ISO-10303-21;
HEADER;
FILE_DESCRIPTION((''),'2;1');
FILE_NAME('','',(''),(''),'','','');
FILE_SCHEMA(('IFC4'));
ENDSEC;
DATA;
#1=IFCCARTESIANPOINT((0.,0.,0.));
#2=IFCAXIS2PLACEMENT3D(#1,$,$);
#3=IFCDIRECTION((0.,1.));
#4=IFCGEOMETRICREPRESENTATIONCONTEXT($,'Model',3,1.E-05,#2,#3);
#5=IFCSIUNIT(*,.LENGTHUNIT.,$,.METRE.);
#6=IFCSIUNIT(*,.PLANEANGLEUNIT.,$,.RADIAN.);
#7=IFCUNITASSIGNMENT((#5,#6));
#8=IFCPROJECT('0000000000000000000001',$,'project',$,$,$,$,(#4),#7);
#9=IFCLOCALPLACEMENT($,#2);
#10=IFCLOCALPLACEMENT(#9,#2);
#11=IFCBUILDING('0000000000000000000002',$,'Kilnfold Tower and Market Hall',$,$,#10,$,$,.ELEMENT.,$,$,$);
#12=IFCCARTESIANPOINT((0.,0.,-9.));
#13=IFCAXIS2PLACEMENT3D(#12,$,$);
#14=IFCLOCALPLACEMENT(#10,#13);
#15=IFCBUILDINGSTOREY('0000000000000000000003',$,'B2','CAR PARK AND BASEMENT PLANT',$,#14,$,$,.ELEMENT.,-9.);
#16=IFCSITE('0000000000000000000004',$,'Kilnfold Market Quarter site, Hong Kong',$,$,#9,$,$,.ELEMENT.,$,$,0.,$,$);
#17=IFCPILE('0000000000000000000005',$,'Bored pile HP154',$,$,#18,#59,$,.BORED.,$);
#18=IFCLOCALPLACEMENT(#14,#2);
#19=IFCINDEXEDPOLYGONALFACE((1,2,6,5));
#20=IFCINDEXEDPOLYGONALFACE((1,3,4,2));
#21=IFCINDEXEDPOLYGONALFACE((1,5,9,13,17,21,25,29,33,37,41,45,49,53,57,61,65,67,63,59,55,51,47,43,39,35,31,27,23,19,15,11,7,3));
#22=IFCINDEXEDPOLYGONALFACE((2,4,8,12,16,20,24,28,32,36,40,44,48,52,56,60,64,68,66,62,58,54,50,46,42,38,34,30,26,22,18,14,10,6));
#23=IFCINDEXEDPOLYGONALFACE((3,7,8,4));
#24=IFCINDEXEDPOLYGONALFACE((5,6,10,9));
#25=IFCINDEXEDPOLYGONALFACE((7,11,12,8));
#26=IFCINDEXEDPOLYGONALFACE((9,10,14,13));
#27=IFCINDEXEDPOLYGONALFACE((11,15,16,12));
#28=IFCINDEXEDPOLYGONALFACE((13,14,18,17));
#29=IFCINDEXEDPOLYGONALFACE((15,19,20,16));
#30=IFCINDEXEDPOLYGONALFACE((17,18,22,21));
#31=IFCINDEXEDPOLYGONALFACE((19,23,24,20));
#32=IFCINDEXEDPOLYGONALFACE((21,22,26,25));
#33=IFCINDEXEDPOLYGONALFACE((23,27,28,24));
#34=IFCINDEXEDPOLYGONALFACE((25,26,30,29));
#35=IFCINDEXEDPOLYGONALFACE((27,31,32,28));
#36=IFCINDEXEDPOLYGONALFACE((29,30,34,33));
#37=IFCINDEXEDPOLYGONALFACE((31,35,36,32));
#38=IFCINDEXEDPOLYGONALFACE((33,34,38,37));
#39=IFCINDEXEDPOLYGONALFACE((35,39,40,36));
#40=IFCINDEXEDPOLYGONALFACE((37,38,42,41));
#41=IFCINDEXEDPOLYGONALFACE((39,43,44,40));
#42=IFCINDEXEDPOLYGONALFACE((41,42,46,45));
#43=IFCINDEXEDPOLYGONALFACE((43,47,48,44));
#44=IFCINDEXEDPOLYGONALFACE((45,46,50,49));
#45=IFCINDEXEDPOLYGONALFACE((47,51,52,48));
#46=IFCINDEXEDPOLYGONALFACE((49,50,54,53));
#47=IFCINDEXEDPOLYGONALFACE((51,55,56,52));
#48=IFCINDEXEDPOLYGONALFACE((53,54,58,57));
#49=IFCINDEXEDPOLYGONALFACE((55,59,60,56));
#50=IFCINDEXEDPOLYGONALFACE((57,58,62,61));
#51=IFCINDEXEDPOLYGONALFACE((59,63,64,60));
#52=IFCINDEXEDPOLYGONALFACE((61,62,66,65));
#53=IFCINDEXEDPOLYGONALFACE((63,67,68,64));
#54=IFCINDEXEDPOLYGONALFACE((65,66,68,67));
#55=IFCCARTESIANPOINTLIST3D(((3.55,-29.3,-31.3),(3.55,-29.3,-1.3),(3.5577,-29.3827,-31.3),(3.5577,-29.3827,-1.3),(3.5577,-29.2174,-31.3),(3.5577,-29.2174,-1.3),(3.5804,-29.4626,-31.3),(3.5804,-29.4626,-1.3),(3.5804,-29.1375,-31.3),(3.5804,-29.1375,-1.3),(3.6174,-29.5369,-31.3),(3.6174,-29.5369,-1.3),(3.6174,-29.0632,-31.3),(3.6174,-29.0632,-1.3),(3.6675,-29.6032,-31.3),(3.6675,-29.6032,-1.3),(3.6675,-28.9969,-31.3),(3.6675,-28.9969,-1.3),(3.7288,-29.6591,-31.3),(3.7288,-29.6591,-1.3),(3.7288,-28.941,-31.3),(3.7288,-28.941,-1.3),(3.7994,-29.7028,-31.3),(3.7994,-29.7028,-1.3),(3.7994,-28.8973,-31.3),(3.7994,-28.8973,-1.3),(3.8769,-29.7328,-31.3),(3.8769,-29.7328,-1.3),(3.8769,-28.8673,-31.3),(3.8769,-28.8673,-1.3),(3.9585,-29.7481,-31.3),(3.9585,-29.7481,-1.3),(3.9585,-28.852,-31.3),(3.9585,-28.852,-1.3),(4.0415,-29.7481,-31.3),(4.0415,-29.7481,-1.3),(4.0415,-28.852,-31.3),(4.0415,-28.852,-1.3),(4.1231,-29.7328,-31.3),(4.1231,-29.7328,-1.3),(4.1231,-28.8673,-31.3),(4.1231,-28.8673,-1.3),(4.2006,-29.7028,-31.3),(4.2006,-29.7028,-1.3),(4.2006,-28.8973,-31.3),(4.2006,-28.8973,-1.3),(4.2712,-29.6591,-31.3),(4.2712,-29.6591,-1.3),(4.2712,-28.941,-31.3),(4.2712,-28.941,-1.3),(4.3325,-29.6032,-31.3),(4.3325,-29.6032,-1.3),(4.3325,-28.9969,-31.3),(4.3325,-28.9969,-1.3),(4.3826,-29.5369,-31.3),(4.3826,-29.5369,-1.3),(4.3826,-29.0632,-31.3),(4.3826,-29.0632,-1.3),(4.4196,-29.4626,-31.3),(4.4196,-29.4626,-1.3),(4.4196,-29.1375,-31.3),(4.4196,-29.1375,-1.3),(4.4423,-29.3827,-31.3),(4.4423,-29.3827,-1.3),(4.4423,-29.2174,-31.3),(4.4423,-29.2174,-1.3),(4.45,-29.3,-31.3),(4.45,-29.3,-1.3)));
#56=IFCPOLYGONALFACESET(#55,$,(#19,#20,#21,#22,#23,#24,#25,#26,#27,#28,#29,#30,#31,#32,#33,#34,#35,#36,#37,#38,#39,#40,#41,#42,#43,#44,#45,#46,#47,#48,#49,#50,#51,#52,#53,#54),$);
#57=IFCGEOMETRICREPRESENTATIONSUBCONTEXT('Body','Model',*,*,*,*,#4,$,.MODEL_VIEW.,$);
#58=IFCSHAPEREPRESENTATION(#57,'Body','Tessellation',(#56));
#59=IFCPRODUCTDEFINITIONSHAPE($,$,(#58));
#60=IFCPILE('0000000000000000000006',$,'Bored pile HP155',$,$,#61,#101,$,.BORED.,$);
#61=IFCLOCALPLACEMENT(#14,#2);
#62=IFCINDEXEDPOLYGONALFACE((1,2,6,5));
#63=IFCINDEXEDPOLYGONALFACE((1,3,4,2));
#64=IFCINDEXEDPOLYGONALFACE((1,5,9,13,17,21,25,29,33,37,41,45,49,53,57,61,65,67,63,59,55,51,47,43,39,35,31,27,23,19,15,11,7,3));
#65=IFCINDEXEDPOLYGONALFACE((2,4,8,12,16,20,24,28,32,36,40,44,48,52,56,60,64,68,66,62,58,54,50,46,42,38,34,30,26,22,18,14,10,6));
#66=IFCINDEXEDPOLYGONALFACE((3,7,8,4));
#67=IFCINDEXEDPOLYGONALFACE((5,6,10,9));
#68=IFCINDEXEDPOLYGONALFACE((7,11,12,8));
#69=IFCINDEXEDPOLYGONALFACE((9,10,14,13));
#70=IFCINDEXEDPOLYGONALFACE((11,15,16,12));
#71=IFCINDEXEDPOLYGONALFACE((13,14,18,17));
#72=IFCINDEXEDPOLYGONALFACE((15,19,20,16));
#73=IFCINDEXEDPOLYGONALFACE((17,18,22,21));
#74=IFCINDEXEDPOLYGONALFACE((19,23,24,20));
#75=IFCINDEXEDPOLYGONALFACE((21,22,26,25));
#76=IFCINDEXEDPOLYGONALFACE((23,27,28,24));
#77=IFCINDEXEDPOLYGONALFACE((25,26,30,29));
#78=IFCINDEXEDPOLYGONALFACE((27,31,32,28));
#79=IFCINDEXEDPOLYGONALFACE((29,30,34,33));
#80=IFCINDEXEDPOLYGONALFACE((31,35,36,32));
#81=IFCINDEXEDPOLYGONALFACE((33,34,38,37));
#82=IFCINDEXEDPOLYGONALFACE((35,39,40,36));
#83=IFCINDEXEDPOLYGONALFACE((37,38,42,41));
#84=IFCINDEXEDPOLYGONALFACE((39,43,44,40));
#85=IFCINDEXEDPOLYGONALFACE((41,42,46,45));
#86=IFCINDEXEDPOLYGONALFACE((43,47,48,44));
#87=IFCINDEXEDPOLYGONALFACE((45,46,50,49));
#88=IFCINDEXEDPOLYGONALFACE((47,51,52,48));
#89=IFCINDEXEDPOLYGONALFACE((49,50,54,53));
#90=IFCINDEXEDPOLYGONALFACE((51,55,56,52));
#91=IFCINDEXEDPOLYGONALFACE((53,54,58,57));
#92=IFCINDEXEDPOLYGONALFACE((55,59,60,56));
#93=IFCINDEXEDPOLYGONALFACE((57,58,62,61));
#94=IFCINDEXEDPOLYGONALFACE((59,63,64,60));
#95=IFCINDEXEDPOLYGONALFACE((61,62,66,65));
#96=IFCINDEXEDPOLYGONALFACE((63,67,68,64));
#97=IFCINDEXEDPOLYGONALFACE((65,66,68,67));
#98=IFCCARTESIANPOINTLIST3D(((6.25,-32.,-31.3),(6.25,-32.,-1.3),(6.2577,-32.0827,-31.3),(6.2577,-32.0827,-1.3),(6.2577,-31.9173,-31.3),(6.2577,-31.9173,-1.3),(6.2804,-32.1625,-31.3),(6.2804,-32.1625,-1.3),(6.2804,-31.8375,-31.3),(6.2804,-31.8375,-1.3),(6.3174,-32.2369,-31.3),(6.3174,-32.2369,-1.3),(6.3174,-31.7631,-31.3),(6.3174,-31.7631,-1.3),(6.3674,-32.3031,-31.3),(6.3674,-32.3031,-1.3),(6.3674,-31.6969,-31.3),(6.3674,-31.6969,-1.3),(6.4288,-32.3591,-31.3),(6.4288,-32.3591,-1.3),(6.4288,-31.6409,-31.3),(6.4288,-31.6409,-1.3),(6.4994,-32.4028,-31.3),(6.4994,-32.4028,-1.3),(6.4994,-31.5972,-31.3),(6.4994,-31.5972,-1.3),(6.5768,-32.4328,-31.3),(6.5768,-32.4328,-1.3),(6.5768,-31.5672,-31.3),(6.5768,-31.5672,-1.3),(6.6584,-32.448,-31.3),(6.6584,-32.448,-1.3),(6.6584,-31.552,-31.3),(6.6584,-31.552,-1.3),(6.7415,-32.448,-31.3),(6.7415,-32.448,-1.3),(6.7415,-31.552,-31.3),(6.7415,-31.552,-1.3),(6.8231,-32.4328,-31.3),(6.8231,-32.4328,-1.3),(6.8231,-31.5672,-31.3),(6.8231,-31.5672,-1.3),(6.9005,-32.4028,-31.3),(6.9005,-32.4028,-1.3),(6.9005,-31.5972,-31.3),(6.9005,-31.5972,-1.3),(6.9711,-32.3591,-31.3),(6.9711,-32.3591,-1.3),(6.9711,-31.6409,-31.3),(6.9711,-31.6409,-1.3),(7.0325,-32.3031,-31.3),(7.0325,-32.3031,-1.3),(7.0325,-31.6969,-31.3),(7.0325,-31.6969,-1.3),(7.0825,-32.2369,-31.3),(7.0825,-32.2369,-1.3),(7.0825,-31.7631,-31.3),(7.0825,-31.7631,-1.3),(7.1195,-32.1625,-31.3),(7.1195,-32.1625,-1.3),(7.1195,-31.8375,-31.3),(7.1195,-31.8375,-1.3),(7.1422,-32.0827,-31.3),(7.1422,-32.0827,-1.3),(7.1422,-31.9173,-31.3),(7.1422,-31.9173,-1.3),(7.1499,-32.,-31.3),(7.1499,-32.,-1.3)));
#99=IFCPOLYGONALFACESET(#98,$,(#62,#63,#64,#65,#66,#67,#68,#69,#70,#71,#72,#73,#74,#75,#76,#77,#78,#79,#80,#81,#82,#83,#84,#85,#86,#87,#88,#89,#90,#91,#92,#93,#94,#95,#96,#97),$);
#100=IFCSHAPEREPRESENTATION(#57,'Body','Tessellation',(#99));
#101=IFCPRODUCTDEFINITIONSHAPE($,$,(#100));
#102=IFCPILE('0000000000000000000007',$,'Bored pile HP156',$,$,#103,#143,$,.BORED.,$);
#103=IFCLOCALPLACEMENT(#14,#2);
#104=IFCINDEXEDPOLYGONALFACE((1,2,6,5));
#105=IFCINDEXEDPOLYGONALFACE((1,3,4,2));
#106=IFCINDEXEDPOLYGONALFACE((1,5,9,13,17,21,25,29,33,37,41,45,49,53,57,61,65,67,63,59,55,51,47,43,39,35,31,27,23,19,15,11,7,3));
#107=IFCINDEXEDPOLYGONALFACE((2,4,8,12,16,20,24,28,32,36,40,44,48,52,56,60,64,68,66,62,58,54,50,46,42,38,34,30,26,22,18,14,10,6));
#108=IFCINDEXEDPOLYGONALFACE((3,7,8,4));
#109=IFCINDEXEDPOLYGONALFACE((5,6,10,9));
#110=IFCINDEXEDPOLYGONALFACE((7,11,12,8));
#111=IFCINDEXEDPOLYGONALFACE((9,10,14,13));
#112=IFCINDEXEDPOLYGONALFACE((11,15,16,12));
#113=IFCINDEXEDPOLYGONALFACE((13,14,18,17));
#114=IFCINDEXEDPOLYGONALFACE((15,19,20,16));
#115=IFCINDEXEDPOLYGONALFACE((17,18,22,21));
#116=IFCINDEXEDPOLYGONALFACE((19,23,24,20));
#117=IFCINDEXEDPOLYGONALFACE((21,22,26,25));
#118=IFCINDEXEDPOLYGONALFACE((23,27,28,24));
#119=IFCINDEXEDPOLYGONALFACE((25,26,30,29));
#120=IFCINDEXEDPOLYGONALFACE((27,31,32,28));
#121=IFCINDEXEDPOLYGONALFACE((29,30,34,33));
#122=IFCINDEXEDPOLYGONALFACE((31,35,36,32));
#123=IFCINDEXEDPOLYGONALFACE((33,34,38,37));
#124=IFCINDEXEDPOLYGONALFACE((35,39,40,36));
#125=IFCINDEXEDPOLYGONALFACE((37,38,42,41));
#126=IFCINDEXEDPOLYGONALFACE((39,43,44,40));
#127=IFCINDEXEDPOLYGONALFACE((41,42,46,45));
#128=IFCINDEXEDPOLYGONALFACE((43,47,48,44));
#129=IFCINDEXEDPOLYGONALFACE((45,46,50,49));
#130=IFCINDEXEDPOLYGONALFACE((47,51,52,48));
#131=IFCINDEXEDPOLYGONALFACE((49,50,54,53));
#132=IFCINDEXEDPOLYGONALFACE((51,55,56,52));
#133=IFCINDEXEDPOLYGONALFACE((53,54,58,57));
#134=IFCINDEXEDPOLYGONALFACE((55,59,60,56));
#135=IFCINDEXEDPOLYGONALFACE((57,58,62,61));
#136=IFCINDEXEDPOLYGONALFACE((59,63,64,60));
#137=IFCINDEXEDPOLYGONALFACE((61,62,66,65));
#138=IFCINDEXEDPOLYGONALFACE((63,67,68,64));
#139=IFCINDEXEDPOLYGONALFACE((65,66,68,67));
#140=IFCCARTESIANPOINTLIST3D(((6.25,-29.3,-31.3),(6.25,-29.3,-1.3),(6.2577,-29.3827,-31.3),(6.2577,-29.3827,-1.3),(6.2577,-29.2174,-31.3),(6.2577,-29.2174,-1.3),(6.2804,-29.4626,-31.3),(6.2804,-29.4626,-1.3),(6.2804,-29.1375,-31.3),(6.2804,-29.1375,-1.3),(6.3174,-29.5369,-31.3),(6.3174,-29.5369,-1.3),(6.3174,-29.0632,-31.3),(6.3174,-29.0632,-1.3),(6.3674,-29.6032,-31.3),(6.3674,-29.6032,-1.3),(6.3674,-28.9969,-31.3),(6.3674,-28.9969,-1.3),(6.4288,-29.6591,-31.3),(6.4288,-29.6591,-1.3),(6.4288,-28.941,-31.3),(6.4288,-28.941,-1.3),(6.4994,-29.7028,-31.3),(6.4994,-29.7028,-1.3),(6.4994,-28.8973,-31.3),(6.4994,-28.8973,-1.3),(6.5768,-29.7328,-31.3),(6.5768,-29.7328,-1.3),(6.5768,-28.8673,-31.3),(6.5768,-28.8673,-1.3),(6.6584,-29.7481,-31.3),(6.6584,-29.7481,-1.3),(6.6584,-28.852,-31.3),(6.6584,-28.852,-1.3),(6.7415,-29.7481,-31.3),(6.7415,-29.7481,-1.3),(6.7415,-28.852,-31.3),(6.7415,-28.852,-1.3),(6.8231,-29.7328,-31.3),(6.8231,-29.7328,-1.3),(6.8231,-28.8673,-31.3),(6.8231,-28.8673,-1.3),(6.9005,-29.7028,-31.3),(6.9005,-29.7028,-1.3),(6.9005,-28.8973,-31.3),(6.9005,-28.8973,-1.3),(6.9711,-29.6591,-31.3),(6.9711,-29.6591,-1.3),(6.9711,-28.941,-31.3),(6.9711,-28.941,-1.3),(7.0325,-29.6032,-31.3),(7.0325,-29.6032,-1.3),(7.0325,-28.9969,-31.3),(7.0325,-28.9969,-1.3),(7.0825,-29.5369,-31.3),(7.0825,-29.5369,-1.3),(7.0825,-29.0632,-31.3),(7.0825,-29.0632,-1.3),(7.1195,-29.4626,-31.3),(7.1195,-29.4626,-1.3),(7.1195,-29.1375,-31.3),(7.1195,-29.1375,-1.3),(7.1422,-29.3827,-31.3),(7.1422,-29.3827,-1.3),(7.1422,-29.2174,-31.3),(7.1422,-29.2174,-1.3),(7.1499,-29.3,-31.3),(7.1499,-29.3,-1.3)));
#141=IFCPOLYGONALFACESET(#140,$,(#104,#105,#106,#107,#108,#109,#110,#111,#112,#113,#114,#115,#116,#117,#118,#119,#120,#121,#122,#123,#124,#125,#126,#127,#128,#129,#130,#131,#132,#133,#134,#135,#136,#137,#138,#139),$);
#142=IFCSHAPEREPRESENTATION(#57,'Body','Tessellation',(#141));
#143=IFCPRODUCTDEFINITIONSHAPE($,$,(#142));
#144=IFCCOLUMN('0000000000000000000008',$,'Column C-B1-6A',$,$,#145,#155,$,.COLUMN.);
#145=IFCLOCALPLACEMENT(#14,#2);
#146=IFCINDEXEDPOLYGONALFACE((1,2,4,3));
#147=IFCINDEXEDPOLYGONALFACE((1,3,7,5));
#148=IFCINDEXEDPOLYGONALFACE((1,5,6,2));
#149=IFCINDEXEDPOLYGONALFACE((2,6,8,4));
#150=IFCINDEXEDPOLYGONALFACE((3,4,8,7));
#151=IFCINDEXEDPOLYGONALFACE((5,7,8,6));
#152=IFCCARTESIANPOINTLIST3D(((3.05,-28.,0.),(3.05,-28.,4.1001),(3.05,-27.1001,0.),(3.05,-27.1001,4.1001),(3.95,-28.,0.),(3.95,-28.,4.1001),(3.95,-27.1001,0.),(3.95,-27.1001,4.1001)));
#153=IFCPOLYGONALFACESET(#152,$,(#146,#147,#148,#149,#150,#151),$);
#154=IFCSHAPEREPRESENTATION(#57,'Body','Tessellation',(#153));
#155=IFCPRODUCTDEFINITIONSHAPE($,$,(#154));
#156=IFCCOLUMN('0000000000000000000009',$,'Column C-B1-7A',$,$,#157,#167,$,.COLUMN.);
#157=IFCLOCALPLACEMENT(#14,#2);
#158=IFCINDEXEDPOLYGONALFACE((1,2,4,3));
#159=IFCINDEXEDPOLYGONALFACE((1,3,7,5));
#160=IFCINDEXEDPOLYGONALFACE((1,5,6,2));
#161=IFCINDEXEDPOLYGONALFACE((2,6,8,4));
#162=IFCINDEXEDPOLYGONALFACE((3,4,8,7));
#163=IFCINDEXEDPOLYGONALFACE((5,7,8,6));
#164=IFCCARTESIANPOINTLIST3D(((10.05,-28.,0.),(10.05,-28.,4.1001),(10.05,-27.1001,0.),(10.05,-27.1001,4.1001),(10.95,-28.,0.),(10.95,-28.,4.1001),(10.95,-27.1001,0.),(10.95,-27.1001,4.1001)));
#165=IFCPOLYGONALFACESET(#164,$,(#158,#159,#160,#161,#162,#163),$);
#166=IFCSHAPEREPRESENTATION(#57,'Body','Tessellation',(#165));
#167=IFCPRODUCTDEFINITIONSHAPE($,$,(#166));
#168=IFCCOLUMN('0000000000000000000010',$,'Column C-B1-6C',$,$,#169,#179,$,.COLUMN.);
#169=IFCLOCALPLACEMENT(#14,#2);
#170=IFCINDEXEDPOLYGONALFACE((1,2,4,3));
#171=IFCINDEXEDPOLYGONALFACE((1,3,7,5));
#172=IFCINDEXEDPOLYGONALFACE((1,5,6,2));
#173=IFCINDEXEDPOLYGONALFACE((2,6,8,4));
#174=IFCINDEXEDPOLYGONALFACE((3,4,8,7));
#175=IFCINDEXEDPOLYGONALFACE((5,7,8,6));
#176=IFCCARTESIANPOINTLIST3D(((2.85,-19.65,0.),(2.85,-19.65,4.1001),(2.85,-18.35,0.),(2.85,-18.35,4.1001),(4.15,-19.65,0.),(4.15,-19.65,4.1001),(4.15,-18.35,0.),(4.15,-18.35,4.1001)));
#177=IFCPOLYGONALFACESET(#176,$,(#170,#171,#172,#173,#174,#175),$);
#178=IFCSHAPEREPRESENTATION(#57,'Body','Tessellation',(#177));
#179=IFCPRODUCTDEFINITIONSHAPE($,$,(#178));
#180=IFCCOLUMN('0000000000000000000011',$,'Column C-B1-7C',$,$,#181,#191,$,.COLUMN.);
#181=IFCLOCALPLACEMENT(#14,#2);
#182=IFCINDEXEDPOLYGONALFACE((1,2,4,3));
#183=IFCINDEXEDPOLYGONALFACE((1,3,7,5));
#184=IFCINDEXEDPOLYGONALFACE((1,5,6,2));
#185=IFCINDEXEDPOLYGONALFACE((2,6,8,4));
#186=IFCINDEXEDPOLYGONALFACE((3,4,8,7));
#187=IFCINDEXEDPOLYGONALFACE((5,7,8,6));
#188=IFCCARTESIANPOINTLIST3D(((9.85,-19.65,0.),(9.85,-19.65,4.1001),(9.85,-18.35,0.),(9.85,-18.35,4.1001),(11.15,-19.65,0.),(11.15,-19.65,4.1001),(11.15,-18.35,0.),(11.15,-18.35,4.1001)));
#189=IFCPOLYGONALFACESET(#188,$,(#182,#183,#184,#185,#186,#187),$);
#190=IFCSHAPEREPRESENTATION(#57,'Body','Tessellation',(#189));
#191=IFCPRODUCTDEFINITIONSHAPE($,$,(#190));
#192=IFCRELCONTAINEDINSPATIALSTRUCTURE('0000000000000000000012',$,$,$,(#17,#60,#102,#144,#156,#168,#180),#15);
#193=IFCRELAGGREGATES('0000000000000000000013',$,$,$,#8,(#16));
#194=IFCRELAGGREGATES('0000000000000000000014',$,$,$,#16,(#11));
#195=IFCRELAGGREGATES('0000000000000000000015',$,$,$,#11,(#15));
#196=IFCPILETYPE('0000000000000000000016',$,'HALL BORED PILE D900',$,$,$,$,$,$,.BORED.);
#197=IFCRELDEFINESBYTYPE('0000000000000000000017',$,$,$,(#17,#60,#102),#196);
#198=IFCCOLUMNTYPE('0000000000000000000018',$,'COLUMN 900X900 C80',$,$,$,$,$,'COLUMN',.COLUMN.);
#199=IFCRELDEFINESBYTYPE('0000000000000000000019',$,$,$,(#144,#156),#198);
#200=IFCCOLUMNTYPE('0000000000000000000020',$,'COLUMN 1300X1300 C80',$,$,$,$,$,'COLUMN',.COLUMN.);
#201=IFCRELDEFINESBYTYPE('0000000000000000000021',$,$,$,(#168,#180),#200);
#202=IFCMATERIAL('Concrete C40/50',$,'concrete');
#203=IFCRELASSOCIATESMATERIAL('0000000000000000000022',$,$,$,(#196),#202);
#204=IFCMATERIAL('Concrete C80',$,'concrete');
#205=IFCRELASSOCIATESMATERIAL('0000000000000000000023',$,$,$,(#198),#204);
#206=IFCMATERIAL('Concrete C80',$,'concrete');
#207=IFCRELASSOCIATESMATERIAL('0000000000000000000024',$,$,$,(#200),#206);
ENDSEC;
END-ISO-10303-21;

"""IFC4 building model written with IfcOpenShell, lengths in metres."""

from ifc_helpers import new_model, si_unit, direction, frame, origin, origin_2d, place, context, subcontext, project, spatial, rectangle, circle, extrude, source, transform, mapped, material, material_profile, profile_set, type_object, element, save


model = new_model("IFC4")

# Units and contexts
model_context = context("Model", 3, precision=1e-05, world=origin(), true_north=direction((0.0, 1.0)))
body_context = subcontext(model_context, "Body", "Model", "MODEL_VIEW")
ifc_project = project(units=[si_unit("LENGTHUNIT", "METRE"), si_unit("PLANEANGLEUNIT", "RADIAN")], contexts=[model_context])

# Site, building, storey
site_placement = place(None, origin())
site = spatial("IfcSite", under=ifc_project, at=site_placement, Name="Kilnfold Market Quarter site, Hong Kong", CompositionType="ELEMENT", RefElevation=0.0)
building_placement = place(site_placement, origin())
building = spatial("IfcBuilding", under=site, at=building_placement, Name="Kilnfold Tower and Market Hall", CompositionType="ELEMENT")
storey_placement = place(building_placement, frame((0.0, 0.0, -9.0)))
storey = spatial("IfcBuildingStorey", under=building, at=storey_placement, Name="B2", Description="CAR PARK AND BASEMENT PLANT", CompositionType="ELEMENT", Elevation=-9.0)

# Piles
ifc_material_1 = material(Name="Concrete C40/50", Category="concrete")
ifc_material_profile_1 = material_profile(ifc_material_1, circle(Radius=0.45, at=origin_2d()), Name="D900")
ifc_profile_set_1 = profile_set([ifc_material_profile_1], Name="Concrete C40/50")
pile_type_1 = type_object("IfcPileType", Name="HALL BORED PILE D900", PredefinedType="BORED", material=ifc_profile_set_1)
shared_shape_1 = source(origin(), body_context, "Body", "SweptSolid", [
    extrude(circle(Radius=0.45, at=origin_2d()), origin(), (0.0, 0.0, 1.0), 30.0),
])
for number, where, z_axis, x_axis, name in (
    (1, (4.0, -29.3, -1.3), (0.0, 0.0, -1.0), (1.0, 0.0, 0.0), "Bored pile HP154"),
    (2, (6.7, -32.0, -1.3), (0.0, 0.0, -1.0), (1.0, 0.0, 0.0), "Bored pile HP155"),
    (3, (6.7, -29.3, -1.3), (0.0, 0.0, -1.0), (1.0, 0.0, 0.0), "Bored pile HP156"),
):
    element("IfcPile", number, at=place(storey_placement, frame(where, z_axis=z_axis, x_axis=x_axis)), inside=storey, type_object=pile_type_1, Name=name, PredefinedType="BORED", context=body_context, shape_type="MappedRepresentation", body=[
        mapped(shared_shape_1, transform((0.0, 0.0, 0.0))),
    ])

# Columns
ifc_material_2 = material(Name="Concrete C80", Category="concrete")
ifc_material_profile_2 = material_profile(ifc_material_2, rectangle(XDim=0.8999, YDim=0.8999, at=origin_2d()), Name="RC 900x900")
ifc_profile_set_2 = profile_set([ifc_material_profile_2], Name="Concrete C80")
column_type_1 = type_object("IfcColumnType", Name="COLUMN 900X900 C80", ElementType="COLUMN", PredefinedType="COLUMN", material=ifc_profile_set_2)
shared_shape_2 = source(origin(), body_context, "Body", "SweptSolid", [
    extrude(rectangle(XDim=0.8999, YDim=0.8999, at=origin_2d()), origin(), (0.0, 0.0, 1.0), 4.1001),
])
for number, where, z_axis, x_axis, name in (
    (4, (3.5, -27.55, 0.0), (0.0, 0.0, 1.0), (1.0, 0.0, 0.0), "Column C-B1-6A"),
    (5, (10.5, -27.55, 0.0), (0.0, 0.0, 1.0), (1.0, 0.0, 0.0), "Column C-B1-7A"),
):
    element("IfcColumn", number, at=place(storey_placement, frame(where, z_axis=z_axis, x_axis=x_axis)), inside=storey, type_object=column_type_1, Name=name, PredefinedType="COLUMN", context=body_context, shape_type="MappedRepresentation", body=[
        mapped(shared_shape_2, transform((0.0, 0.0, 0.0))),
    ])
ifc_material_3 = material(Name="Concrete C80", Category="concrete")
ifc_material_profile_3 = material_profile(ifc_material_3, rectangle(XDim=1.3, YDim=1.3, at=origin_2d()), Name="RC 1300x1300")
ifc_profile_set_3 = profile_set([ifc_material_profile_3], Name="Concrete C80")
column_type_2 = type_object("IfcColumnType", Name="COLUMN 1300X1300 C80", ElementType="COLUMN", PredefinedType="COLUMN", material=ifc_profile_set_3)
shared_shape_3 = source(origin(), body_context, "Body", "SweptSolid", [
    extrude(rectangle(XDim=1.3, YDim=1.3, at=origin_2d()), origin(), (0.0, 0.0, 1.0), 4.1001),
])
for number, where, z_axis, x_axis, name in (
    (6, (3.5, -19.0, 0.0), (0.0, 0.0, 1.0), (1.0, 0.0, 0.0), "Column C-B1-6C"),
    (7, (10.5, -19.0, 0.0), (0.0, 0.0, 1.0), (1.0, 0.0, 0.0), "Column C-B1-7C"),
):
    element("IfcColumn", number, at=place(storey_placement, frame(where, z_axis=z_axis, x_axis=x_axis)), inside=storey, type_object=column_type_2, Name=name, PredefinedType="COLUMN", context=body_context, shape_type="MappedRepresentation", body=[
        mapped(shared_shape_3, transform((0.0, 0.0, 0.0))),
    ])

save(model, "model.ifc")
